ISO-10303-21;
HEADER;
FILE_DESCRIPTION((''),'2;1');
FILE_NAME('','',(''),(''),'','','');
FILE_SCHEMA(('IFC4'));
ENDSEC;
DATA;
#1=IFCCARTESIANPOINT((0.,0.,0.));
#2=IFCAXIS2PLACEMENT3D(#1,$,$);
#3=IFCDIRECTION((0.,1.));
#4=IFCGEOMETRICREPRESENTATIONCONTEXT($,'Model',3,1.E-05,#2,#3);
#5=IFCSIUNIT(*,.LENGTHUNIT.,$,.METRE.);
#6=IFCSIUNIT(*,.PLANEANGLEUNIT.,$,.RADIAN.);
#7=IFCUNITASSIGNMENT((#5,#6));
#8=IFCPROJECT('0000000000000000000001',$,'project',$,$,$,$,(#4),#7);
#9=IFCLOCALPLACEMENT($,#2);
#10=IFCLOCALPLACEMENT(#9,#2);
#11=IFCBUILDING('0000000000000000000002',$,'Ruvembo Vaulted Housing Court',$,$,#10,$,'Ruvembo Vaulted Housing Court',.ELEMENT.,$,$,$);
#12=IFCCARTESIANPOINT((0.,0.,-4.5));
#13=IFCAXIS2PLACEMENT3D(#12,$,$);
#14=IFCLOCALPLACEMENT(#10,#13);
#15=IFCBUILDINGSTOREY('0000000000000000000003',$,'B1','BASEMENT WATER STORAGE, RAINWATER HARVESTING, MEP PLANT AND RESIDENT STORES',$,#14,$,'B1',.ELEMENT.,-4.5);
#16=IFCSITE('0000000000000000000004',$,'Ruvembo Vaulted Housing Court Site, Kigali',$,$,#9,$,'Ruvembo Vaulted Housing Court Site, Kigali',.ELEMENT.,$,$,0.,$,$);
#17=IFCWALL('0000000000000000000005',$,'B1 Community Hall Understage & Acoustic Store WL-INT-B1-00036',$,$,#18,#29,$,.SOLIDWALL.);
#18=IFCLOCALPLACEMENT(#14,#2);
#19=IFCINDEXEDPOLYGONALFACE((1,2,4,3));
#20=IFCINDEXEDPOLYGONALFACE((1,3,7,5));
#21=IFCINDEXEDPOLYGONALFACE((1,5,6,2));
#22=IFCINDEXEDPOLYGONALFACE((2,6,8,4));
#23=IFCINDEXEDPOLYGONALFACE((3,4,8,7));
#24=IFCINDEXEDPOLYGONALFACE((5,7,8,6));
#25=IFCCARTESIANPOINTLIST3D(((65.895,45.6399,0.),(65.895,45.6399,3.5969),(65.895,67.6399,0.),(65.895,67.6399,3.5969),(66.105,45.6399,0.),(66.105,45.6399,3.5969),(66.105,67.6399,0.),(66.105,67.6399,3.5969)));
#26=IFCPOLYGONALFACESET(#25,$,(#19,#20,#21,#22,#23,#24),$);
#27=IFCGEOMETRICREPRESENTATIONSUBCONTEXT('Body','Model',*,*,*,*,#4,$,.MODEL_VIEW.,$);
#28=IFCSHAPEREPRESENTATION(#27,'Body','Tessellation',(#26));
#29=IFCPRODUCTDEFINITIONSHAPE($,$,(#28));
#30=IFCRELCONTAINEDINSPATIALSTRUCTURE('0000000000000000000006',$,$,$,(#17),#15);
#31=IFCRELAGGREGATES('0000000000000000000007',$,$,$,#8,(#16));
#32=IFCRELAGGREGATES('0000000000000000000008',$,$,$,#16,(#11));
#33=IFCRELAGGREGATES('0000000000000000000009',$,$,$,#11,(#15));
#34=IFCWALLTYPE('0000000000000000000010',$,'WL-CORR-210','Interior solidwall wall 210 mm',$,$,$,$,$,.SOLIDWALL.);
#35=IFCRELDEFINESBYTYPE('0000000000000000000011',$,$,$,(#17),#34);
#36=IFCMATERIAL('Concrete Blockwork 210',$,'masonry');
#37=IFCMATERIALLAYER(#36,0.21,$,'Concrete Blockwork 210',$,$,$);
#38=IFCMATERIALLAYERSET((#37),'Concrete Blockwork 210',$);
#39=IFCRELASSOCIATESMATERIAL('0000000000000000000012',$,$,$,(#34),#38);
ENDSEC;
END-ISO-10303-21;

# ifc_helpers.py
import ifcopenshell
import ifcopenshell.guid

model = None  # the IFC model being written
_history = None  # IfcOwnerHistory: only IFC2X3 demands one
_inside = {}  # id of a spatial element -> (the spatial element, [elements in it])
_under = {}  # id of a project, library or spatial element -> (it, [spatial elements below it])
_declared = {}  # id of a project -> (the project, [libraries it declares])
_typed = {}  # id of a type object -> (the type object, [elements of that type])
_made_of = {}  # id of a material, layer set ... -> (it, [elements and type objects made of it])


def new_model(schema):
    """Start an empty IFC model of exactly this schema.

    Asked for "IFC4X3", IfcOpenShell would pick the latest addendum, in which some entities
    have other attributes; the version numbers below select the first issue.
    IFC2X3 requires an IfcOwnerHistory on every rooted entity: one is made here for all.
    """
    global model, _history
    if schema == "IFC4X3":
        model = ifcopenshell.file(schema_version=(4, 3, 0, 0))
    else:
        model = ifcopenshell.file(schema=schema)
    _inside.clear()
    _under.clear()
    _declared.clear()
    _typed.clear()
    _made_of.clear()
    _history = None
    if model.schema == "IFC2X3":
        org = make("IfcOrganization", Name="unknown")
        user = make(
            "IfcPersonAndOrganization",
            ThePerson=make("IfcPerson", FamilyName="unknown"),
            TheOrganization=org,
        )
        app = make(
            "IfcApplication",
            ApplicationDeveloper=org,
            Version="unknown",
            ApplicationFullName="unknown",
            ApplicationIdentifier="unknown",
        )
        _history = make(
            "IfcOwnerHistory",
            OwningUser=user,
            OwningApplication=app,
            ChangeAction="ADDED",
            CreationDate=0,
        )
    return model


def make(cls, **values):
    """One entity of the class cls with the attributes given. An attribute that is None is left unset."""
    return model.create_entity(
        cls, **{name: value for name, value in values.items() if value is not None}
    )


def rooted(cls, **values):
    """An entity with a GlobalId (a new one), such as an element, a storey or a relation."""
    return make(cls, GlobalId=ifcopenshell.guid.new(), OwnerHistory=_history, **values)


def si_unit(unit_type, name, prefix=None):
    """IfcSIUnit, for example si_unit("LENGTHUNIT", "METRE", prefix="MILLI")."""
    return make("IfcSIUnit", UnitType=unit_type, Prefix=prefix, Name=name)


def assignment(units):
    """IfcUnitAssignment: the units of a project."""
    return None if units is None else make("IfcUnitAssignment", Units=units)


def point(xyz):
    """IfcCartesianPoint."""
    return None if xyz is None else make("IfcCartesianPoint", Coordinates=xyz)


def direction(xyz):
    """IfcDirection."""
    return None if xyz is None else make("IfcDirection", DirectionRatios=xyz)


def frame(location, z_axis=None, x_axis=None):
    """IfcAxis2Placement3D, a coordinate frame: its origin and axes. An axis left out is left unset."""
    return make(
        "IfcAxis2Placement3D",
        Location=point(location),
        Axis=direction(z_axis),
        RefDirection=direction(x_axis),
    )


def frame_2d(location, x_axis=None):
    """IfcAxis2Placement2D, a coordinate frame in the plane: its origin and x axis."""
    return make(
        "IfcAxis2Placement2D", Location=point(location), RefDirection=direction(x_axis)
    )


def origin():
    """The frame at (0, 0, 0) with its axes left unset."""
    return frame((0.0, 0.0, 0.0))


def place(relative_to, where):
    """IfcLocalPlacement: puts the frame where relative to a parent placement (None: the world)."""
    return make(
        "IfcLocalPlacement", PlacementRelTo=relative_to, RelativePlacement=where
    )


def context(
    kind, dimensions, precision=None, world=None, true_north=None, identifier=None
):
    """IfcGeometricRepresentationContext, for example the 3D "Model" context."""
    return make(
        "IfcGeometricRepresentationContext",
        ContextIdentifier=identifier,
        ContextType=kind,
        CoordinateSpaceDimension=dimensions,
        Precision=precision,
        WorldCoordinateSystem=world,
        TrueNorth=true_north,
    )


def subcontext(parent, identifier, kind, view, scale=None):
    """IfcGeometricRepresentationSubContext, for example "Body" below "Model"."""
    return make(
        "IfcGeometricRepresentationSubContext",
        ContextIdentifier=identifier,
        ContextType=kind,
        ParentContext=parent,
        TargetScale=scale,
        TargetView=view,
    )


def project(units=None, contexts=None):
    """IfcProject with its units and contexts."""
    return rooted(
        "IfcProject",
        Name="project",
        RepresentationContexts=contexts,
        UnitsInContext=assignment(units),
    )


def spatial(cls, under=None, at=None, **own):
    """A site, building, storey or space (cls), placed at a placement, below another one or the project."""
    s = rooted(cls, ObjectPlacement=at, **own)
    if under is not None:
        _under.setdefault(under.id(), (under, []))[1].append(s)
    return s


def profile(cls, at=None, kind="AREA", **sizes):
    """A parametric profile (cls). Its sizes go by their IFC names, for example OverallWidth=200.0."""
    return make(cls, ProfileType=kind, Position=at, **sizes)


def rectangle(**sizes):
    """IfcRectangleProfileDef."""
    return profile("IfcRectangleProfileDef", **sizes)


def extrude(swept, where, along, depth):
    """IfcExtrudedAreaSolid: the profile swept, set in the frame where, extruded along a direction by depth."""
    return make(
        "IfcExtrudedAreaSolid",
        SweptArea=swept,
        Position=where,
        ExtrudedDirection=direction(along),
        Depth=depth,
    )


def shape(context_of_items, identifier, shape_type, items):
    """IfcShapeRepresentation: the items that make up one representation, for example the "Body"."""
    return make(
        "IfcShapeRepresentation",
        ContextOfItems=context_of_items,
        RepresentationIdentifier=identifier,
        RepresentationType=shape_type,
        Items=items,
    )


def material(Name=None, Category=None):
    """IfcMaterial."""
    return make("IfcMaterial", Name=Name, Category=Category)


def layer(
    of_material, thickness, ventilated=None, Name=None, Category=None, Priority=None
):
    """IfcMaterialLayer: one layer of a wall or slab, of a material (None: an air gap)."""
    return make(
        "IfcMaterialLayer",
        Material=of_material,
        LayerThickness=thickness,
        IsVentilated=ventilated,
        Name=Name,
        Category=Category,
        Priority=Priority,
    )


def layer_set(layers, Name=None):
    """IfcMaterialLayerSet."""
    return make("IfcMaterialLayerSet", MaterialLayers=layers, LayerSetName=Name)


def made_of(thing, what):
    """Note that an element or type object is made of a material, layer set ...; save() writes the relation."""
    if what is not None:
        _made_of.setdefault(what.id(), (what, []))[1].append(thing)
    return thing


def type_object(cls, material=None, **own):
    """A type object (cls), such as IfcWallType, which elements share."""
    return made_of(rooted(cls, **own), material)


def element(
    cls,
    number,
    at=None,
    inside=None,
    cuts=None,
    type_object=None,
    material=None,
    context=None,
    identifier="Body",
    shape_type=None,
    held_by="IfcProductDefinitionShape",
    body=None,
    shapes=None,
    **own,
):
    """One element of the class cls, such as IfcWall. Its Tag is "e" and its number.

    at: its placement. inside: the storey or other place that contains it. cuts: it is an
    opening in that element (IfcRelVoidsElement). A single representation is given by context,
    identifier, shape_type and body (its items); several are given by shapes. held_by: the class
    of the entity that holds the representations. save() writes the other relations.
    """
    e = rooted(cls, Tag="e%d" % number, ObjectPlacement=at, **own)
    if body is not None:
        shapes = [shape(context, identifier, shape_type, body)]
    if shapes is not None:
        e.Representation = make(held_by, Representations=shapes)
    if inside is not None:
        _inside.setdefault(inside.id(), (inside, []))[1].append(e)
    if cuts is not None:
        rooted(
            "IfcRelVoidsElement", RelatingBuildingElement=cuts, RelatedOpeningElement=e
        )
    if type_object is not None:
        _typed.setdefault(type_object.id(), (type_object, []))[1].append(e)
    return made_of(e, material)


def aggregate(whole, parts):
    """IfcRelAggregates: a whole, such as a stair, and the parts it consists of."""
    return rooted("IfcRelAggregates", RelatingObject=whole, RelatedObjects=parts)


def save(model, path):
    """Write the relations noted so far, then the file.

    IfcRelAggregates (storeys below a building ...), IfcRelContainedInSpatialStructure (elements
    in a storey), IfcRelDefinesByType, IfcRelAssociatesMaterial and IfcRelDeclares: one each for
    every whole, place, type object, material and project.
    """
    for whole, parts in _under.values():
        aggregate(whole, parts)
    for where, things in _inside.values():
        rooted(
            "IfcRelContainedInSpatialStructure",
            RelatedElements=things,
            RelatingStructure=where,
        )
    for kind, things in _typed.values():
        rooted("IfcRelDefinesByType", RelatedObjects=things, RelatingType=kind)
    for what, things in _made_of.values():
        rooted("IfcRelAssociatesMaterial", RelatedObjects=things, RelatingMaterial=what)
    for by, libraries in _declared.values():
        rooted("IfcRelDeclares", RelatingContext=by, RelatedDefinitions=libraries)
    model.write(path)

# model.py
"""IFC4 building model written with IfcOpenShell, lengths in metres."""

from ifc_helpers import new_model, si_unit, direction, frame, frame_2d, origin, place, context, subcontext, project, spatial, rectangle, extrude, material, layer, layer_set, type_object, element, save


model = new_model("IFC4")

# Units and contexts
model_context = context("Model", 3, precision=1e-05, world=origin(), true_north=direction((0.0, 1.0)))
body_context = subcontext(model_context, "Body", "Model", "MODEL_VIEW")
ifc_project = project(units=[si_unit("LENGTHUNIT", "METRE"), si_unit("PLANEANGLEUNIT", "RADIAN")], contexts=[model_context])

# Site, building, storey
site_placement = place(None, origin())
site = spatial("IfcSite", under=ifc_project, at=site_placement, Name="Ruvembo Vaulted Housing Court Site, Kigali", LongName="Ruvembo Vaulted Housing Court Site, Kigali", CompositionType="ELEMENT", RefElevation=0.0)
building_placement = place(site_placement, origin())
building = spatial("IfcBuilding", under=site, at=building_placement, Name="Ruvembo Vaulted Housing Court", LongName="Ruvembo Vaulted Housing Court", CompositionType="ELEMENT")
storey_placement = place(building_placement, frame((0.0, 0.0, -4.5)))
storey = spatial("IfcBuildingStorey", under=building, at=storey_placement, Name="B1", Description="BASEMENT WATER STORAGE, RAINWATER HARVESTING, MEP PLANT AND RESIDENT STORES", LongName="B1", CompositionType="ELEMENT", Elevation=-4.5)

# Wall
ifc_material_1 = material(Name="Concrete Blockwork 210", Category="masonry")
ifc_layer = layer(ifc_material_1, 0.21, Name="Concrete Blockwork 210")
ifc_layer_set = layer_set([ifc_layer], Name="Concrete Blockwork 210")
wall_type = type_object("IfcWallType", Name="WL-CORR-210", Description="Interior solidwall wall 210 mm", PredefinedType="SOLIDWALL", material=ifc_layer_set)
wall_placement = place(storey_placement, frame((66.0, 67.6399, 0.0), z_axis=(0.0, 0.0, 1.0), x_axis=(0.0, -1.0, 0.0)))
element("IfcWall", 1, at=wall_placement, inside=storey, type_object=wall_type, Name="B1 Community Hall Understage & Acoustic Store WL-INT-B1-00036", PredefinedType="SOLIDWALL", context=body_context, shape_type="SweptSolid", body=[
    extrude(rectangle(XDim=22.0, YDim=0.21, at=frame_2d((11.0, 0.0))), origin(), (0.0, 0.0, 1.0), 3.5969),
])

save(model, "model.ifc")
